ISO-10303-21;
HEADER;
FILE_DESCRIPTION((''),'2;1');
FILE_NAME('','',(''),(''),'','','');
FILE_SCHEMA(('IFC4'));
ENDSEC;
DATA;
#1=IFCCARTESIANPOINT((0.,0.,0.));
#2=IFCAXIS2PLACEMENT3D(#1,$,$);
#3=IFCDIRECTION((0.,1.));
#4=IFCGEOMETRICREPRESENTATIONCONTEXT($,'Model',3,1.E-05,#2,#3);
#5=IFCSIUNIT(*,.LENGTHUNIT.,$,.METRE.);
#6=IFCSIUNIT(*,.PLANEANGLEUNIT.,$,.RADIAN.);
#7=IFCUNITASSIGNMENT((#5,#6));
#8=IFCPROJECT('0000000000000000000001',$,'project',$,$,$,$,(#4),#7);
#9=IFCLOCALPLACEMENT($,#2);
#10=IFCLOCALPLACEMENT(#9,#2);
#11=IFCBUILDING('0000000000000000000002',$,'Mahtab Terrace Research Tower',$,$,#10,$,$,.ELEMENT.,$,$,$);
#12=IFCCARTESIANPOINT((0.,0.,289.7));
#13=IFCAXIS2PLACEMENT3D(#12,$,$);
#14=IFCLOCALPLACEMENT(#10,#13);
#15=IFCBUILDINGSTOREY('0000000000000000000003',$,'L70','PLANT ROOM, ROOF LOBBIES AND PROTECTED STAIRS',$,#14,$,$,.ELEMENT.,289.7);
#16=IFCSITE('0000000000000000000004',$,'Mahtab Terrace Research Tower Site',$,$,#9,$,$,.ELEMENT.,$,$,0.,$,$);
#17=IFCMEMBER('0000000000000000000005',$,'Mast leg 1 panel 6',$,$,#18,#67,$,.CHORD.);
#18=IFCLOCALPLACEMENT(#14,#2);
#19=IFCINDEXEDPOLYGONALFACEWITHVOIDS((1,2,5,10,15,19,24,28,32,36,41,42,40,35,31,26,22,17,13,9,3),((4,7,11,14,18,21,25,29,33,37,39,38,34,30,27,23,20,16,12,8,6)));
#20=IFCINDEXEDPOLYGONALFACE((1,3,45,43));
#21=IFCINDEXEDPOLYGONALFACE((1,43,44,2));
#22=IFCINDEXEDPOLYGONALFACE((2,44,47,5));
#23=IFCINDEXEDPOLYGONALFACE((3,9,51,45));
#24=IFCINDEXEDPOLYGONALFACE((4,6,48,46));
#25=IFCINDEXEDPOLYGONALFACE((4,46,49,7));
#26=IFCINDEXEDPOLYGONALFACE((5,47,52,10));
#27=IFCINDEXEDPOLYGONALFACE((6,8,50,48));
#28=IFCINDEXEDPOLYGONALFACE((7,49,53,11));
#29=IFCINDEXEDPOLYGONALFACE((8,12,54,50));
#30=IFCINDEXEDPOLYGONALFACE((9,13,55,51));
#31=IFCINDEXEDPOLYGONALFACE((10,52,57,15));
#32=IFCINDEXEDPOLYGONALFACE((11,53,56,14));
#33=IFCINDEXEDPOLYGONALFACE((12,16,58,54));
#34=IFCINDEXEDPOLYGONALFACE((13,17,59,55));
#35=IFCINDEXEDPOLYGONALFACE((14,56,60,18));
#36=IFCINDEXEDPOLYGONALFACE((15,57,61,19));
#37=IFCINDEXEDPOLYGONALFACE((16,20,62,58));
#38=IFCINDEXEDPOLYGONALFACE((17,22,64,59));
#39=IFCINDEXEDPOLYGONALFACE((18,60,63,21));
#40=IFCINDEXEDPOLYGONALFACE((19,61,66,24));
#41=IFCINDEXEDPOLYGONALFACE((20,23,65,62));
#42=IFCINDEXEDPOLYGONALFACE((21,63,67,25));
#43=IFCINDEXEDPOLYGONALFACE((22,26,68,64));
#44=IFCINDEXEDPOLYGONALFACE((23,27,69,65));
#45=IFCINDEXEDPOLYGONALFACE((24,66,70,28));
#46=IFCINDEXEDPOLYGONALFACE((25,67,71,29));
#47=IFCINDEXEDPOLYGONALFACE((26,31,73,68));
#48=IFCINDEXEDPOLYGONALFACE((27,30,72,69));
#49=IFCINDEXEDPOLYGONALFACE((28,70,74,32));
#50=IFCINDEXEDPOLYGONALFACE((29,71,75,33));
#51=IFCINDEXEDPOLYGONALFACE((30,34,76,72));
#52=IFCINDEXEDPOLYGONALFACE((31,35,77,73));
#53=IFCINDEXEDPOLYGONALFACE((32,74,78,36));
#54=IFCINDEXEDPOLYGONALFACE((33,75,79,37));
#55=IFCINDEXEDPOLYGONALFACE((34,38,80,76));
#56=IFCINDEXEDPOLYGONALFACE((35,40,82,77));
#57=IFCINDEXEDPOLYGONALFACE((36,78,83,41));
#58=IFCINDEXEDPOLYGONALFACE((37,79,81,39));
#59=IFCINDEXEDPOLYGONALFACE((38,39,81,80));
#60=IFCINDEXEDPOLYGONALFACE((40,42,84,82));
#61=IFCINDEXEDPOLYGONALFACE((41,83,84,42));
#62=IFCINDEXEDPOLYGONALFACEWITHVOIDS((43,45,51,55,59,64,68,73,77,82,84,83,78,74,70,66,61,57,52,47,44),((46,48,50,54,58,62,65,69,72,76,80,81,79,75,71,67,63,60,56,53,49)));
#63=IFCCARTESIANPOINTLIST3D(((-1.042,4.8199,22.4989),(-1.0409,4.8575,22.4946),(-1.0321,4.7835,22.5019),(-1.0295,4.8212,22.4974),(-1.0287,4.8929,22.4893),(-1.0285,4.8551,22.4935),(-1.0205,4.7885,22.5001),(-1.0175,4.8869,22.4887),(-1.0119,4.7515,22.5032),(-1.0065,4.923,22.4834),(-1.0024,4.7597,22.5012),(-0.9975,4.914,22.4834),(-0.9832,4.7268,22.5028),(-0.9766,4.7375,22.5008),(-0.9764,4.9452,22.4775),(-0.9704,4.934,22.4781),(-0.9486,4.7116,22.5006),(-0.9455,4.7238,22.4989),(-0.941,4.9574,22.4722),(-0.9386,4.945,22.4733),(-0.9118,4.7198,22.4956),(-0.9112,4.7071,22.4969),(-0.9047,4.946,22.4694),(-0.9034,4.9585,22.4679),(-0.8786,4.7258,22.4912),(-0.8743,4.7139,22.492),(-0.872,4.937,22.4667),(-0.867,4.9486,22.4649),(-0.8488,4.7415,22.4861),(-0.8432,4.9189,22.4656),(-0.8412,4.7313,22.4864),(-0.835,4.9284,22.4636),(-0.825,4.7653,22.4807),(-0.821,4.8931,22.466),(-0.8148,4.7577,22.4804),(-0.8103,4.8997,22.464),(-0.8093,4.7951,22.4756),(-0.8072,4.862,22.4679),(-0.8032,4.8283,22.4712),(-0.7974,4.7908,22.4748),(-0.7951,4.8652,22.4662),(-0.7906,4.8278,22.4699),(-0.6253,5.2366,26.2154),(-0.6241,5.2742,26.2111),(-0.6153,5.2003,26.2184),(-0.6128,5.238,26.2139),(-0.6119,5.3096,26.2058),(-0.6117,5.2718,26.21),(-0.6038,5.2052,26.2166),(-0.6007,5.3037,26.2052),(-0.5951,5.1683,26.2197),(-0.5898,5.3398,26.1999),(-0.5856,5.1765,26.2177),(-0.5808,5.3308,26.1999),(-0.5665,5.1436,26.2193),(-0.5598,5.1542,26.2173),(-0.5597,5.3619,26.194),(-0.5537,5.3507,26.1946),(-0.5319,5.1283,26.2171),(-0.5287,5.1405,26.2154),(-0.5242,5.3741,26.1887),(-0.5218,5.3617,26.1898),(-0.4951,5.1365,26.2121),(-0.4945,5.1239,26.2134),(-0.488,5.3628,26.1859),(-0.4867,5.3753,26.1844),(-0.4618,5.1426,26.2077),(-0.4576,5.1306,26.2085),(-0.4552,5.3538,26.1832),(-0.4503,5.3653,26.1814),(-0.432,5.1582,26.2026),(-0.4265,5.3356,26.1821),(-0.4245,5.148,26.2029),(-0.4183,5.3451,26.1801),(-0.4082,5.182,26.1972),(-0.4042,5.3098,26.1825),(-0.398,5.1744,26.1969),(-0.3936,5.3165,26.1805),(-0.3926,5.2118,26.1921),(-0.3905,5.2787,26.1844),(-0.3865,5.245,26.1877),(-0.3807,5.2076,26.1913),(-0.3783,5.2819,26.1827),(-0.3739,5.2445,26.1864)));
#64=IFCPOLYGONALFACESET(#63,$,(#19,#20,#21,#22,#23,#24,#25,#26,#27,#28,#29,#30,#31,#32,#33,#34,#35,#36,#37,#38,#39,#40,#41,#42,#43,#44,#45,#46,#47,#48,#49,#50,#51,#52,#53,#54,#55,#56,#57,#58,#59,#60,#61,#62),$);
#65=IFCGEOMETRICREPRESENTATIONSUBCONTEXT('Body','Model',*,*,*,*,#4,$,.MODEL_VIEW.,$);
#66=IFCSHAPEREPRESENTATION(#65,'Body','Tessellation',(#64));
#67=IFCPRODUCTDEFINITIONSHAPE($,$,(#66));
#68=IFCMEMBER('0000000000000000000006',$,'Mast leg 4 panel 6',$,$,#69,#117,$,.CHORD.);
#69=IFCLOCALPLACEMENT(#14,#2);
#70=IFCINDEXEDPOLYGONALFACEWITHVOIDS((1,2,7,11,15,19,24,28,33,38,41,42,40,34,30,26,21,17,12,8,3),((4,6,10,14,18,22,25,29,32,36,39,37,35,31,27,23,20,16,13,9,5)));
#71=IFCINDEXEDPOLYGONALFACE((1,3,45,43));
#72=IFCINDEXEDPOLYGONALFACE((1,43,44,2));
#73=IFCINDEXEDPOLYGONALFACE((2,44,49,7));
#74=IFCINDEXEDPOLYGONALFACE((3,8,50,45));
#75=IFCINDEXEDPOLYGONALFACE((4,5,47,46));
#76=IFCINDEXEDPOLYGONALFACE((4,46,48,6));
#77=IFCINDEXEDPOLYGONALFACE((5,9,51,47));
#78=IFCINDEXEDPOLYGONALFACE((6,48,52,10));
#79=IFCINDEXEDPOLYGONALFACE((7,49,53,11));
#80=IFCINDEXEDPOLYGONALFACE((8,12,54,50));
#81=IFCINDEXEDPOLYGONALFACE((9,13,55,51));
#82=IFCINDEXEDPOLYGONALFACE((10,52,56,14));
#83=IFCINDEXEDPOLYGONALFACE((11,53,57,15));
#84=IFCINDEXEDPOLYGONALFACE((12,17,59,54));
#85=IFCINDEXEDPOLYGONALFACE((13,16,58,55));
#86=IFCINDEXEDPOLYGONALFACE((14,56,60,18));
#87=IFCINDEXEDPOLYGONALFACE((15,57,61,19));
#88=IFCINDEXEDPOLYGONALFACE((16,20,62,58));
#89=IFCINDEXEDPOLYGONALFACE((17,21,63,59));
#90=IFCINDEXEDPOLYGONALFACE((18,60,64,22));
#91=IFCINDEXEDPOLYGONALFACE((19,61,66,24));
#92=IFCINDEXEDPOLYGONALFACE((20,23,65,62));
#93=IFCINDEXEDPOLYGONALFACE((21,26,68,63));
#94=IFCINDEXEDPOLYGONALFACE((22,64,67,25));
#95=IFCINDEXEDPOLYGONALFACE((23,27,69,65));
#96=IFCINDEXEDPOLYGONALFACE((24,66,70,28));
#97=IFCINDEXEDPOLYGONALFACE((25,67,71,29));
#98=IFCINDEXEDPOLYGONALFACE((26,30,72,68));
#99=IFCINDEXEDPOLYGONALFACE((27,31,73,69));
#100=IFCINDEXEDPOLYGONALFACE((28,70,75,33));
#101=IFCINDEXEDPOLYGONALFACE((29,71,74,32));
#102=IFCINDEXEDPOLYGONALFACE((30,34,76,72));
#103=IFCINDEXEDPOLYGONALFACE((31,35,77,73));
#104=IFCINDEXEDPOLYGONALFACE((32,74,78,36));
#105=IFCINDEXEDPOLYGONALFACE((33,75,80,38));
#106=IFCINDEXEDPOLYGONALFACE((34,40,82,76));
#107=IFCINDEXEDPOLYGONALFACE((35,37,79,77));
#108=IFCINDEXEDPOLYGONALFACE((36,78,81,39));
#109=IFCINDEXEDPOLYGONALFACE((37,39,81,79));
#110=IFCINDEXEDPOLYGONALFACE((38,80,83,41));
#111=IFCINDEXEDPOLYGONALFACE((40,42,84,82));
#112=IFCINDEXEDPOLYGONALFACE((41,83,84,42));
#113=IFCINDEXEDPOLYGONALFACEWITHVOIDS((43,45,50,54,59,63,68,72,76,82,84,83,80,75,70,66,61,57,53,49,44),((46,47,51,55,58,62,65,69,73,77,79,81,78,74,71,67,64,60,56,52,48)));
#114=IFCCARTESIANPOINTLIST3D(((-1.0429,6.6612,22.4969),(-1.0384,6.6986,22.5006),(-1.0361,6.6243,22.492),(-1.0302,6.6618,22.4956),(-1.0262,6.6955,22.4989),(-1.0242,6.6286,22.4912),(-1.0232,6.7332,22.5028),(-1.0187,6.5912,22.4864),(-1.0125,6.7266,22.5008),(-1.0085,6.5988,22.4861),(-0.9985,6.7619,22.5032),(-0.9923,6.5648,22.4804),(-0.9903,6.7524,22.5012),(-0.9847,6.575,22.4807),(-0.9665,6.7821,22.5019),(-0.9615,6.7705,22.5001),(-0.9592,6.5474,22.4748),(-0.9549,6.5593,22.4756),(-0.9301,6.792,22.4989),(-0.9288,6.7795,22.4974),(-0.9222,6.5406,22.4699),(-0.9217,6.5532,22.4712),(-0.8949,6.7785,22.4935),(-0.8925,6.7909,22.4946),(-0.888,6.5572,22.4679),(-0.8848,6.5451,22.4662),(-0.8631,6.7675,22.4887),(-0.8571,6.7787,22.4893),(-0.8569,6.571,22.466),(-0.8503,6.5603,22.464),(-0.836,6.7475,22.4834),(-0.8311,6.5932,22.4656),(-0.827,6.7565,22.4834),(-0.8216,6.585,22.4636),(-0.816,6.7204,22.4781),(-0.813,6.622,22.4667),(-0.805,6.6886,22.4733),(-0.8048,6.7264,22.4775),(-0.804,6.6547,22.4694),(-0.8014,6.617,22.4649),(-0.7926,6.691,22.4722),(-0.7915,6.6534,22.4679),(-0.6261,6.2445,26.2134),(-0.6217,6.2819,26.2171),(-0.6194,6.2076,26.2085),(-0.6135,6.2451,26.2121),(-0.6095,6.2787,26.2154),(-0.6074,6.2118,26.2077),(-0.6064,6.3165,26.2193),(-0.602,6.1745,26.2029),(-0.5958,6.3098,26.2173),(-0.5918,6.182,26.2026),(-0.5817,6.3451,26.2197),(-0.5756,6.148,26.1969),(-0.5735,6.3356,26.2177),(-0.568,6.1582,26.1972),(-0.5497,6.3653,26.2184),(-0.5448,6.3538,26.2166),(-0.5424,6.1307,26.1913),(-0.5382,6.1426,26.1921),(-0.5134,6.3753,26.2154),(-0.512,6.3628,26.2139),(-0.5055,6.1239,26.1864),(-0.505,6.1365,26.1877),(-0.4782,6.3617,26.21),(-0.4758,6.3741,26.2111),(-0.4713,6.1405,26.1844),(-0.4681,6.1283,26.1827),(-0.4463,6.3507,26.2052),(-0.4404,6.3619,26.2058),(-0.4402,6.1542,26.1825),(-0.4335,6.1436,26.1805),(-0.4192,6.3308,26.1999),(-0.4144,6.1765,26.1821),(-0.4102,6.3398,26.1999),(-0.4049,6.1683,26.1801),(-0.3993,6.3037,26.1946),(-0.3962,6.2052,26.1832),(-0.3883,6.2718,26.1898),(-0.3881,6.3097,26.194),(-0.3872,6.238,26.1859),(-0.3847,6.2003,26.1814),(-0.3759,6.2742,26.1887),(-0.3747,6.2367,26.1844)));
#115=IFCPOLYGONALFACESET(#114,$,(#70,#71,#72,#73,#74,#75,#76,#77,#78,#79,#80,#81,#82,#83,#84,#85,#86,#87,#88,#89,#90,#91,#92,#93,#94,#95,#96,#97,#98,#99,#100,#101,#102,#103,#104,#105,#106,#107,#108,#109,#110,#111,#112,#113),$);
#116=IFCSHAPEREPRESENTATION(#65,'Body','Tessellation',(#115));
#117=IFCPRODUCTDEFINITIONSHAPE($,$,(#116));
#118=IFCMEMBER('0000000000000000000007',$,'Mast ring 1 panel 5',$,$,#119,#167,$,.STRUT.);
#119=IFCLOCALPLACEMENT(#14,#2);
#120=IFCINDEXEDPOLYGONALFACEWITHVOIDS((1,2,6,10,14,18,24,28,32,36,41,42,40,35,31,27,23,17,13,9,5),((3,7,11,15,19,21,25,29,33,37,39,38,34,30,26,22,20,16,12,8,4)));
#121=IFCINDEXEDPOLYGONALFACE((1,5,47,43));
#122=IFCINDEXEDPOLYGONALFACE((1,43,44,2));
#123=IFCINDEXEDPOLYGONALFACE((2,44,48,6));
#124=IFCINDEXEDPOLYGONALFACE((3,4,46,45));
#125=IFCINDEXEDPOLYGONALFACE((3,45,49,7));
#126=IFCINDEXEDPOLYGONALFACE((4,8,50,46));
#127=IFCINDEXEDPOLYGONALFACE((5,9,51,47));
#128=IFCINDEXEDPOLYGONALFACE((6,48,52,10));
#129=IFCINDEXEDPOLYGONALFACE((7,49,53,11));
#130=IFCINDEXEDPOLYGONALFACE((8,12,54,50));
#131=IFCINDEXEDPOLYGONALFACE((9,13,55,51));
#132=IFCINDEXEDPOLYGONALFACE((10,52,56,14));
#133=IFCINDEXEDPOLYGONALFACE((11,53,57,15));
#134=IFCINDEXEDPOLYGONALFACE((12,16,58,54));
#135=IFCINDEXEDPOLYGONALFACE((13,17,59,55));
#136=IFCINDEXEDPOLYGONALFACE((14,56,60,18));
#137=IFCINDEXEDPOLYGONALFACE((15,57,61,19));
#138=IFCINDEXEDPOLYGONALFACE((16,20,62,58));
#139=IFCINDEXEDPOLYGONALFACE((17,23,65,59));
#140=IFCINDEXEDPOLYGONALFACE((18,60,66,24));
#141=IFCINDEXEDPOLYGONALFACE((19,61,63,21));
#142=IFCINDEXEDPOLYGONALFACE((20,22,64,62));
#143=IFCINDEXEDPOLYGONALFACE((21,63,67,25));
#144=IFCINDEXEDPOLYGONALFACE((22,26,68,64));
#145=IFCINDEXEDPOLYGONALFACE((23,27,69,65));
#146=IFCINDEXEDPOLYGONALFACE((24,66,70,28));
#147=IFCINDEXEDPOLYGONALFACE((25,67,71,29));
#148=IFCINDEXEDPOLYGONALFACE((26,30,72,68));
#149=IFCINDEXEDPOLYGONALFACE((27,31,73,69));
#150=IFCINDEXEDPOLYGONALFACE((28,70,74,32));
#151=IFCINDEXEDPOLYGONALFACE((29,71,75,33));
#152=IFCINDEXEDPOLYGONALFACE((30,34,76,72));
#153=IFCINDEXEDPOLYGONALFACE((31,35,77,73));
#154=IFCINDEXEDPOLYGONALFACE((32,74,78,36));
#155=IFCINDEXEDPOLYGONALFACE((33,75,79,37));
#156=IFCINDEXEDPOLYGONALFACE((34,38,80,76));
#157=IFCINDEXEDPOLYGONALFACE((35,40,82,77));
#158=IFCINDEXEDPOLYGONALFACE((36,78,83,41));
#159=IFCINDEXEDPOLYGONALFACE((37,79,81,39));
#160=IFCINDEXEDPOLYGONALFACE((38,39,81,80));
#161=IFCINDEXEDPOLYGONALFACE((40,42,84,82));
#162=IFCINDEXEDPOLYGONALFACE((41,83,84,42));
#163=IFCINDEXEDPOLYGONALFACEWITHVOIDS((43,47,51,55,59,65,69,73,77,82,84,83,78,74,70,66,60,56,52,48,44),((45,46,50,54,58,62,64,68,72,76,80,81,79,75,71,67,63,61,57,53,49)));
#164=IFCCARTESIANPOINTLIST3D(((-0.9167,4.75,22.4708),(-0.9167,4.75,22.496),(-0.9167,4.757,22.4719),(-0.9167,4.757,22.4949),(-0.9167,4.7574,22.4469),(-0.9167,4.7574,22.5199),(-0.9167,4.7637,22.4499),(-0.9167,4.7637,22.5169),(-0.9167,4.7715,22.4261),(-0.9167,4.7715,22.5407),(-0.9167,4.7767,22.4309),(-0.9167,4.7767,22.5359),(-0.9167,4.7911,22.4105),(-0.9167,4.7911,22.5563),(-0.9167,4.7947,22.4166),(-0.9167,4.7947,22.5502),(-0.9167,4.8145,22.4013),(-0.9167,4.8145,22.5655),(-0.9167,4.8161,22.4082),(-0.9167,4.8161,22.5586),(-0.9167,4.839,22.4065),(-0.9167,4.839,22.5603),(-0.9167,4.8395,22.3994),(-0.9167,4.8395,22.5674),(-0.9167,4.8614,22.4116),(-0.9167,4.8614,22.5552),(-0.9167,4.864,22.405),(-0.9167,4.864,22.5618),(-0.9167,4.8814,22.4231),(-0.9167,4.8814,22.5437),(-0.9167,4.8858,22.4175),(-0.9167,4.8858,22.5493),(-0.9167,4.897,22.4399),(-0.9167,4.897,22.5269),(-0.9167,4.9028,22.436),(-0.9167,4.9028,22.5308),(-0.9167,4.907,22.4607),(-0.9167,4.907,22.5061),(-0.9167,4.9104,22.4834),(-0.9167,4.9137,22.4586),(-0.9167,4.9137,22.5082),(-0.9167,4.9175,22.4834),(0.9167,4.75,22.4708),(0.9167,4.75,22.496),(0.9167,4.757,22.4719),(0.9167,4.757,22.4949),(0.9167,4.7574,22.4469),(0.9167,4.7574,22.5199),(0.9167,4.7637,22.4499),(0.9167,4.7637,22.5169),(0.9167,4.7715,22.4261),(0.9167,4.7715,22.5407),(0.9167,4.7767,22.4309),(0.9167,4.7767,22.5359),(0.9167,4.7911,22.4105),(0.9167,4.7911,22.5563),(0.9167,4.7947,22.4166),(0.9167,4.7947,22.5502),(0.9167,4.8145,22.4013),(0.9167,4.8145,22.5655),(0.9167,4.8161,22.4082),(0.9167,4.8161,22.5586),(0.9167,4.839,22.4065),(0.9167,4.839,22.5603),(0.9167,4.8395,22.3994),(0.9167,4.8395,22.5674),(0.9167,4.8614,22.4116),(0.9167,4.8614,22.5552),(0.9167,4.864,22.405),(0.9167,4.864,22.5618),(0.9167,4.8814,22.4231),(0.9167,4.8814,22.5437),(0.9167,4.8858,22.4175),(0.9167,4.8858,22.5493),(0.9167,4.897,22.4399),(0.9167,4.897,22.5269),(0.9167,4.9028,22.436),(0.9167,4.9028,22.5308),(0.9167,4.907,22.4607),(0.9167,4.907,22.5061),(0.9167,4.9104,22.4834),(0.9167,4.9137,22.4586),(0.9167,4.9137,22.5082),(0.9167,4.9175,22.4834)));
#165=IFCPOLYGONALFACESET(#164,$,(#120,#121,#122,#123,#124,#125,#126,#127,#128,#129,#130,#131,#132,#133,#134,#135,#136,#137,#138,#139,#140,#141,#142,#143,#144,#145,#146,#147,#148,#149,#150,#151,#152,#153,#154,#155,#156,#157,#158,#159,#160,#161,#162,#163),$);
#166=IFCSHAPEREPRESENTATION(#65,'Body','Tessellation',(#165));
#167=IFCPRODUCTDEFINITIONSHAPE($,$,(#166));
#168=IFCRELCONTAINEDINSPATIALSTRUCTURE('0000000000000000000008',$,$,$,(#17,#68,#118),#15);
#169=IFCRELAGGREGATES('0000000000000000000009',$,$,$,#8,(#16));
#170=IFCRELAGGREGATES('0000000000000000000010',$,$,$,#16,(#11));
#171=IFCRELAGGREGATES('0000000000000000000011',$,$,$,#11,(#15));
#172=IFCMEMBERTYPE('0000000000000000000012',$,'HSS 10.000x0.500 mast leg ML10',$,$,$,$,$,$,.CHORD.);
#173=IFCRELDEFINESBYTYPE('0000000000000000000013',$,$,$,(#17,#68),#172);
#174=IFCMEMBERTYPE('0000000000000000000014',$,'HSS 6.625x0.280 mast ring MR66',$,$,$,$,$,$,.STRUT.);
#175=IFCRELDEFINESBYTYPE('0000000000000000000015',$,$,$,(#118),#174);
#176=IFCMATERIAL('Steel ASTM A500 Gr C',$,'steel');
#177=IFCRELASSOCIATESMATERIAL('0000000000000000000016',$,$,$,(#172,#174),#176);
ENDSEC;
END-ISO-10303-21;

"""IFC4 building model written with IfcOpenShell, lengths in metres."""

from ifc_helpers import new_model, si_unit, direction, frame, origin, origin_2d, place, context, subcontext, project, spatial, hollow_circle, extrude, material, material_profile, profile_set, type_object, element, save


model = new_model("IFC4")

# Units and contexts
model_context = context("Model", 3, precision=1e-05, world=origin(), true_north=direction((0.0, 1.0)))
body_context = subcontext(model_context, "Body", "Model", "MODEL_VIEW")
ifc_project = project(units=[si_unit("LENGTHUNIT", "METRE"), si_unit("PLANEANGLEUNIT", "RADIAN")], contexts=[model_context])

# Site, building, storey
site_placement = place(None, origin())
site = spatial("IfcSite", under=ifc_project, at=site_placement, Name="Mahtab Terrace Research Tower Site", CompositionType="ELEMENT", RefElevation=0.0)
building_placement = place(site_placement, origin())
building = spatial("IfcBuilding", under=site, at=building_placement, Name="Mahtab Terrace Research Tower", CompositionType="ELEMENT")
storey_placement = place(building_placement, frame((0.0, 0.0, 289.7)))
storey = spatial("IfcBuildingStorey", under=building, at=storey_placement, Name="L70", Description="PLANT ROOM, ROOF LOBBIES AND PROTECTED STAIRS", CompositionType="ELEMENT", Elevation=289.7)

# Members
ifc_material_1 = material(Name="Steel ASTM A500 Gr C", Category="steel")
ifc_material_profile_1 = material_profile(ifc_material_1, hollow_circle(Radius=0.127, WallThickness=0.0127, at=origin_2d()), Name="HSS10.000X0.500")
ifc_profile_set_1 = profile_set([ifc_material_profile_1], Name="Steel ASTM A500 Gr C")
member_type_1 = type_object("IfcMemberType", Name="HSS 10.000x0.500 mast leg ML10", PredefinedType="CHORD", material=ifc_profile_set_1)
for number, where, z_axis, x_axis, name in (
    (1, (-0.9167, 4.8333, 22.4834), (0.110749, 0.110749, 0.987658), (-0.707107, 0.707107, 0.0), "Mast leg 1 panel 6"),
    (2, (-0.9167, 6.6667, 22.4834), (0.110749, -0.110749, 0.987658), (0.707107, 0.707107, 0.0), "Mast leg 4 panel 6"),
):
    element("IfcMember", number, at=place(storey_placement, frame(where, z_axis=z_axis, x_axis=x_axis)), inside=storey, type_object=member_type_1, Name=name, PredefinedType="CHORD", context=body_context, shape_type="SweptSolid", body=[
        extrude(hollow_circle(Radius=0.127, WallThickness=0.0127, at=origin_2d()), origin(), (0.0, 0.0, 1.0), 3.7629),
    ])
ifc_material_profile_2 = material_profile(ifc_material_1, hollow_circle(Radius=0.0842, WallThickness=0.0071, at=origin_2d()), Name="HSS6.625X0.280")
ifc_profile_set_2 = profile_set([ifc_material_profile_2], Name="Steel ASTM A500 Gr C")
member_type_2 = type_object("IfcMemberType", Name="HSS 6.625x0.280 mast ring MR66", PredefinedType="STRUT", material=ifc_profile_set_2)
for number, where, z_axis, x_axis, name in (
    (3, (-0.9167, 4.8333, 22.4834), (1.0, 0.0, 0.0), (0.0, 1.0, 0.0), "Mast ring 1 panel 5"),
):
    element("IfcMember", number, at=place(storey_placement, frame(where, z_axis=z_axis, x_axis=x_axis)), inside=storey, type_object=member_type_2, Name=name, PredefinedType="STRUT", context=body_context, shape_type="SweptSolid", body=[
        extrude(hollow_circle(Radius=0.0842, WallThickness=0.0071, at=origin_2d()), origin(), (0.0, 0.0, 1.0), 1.8335),
    ])

save(model, "model.ifc")
